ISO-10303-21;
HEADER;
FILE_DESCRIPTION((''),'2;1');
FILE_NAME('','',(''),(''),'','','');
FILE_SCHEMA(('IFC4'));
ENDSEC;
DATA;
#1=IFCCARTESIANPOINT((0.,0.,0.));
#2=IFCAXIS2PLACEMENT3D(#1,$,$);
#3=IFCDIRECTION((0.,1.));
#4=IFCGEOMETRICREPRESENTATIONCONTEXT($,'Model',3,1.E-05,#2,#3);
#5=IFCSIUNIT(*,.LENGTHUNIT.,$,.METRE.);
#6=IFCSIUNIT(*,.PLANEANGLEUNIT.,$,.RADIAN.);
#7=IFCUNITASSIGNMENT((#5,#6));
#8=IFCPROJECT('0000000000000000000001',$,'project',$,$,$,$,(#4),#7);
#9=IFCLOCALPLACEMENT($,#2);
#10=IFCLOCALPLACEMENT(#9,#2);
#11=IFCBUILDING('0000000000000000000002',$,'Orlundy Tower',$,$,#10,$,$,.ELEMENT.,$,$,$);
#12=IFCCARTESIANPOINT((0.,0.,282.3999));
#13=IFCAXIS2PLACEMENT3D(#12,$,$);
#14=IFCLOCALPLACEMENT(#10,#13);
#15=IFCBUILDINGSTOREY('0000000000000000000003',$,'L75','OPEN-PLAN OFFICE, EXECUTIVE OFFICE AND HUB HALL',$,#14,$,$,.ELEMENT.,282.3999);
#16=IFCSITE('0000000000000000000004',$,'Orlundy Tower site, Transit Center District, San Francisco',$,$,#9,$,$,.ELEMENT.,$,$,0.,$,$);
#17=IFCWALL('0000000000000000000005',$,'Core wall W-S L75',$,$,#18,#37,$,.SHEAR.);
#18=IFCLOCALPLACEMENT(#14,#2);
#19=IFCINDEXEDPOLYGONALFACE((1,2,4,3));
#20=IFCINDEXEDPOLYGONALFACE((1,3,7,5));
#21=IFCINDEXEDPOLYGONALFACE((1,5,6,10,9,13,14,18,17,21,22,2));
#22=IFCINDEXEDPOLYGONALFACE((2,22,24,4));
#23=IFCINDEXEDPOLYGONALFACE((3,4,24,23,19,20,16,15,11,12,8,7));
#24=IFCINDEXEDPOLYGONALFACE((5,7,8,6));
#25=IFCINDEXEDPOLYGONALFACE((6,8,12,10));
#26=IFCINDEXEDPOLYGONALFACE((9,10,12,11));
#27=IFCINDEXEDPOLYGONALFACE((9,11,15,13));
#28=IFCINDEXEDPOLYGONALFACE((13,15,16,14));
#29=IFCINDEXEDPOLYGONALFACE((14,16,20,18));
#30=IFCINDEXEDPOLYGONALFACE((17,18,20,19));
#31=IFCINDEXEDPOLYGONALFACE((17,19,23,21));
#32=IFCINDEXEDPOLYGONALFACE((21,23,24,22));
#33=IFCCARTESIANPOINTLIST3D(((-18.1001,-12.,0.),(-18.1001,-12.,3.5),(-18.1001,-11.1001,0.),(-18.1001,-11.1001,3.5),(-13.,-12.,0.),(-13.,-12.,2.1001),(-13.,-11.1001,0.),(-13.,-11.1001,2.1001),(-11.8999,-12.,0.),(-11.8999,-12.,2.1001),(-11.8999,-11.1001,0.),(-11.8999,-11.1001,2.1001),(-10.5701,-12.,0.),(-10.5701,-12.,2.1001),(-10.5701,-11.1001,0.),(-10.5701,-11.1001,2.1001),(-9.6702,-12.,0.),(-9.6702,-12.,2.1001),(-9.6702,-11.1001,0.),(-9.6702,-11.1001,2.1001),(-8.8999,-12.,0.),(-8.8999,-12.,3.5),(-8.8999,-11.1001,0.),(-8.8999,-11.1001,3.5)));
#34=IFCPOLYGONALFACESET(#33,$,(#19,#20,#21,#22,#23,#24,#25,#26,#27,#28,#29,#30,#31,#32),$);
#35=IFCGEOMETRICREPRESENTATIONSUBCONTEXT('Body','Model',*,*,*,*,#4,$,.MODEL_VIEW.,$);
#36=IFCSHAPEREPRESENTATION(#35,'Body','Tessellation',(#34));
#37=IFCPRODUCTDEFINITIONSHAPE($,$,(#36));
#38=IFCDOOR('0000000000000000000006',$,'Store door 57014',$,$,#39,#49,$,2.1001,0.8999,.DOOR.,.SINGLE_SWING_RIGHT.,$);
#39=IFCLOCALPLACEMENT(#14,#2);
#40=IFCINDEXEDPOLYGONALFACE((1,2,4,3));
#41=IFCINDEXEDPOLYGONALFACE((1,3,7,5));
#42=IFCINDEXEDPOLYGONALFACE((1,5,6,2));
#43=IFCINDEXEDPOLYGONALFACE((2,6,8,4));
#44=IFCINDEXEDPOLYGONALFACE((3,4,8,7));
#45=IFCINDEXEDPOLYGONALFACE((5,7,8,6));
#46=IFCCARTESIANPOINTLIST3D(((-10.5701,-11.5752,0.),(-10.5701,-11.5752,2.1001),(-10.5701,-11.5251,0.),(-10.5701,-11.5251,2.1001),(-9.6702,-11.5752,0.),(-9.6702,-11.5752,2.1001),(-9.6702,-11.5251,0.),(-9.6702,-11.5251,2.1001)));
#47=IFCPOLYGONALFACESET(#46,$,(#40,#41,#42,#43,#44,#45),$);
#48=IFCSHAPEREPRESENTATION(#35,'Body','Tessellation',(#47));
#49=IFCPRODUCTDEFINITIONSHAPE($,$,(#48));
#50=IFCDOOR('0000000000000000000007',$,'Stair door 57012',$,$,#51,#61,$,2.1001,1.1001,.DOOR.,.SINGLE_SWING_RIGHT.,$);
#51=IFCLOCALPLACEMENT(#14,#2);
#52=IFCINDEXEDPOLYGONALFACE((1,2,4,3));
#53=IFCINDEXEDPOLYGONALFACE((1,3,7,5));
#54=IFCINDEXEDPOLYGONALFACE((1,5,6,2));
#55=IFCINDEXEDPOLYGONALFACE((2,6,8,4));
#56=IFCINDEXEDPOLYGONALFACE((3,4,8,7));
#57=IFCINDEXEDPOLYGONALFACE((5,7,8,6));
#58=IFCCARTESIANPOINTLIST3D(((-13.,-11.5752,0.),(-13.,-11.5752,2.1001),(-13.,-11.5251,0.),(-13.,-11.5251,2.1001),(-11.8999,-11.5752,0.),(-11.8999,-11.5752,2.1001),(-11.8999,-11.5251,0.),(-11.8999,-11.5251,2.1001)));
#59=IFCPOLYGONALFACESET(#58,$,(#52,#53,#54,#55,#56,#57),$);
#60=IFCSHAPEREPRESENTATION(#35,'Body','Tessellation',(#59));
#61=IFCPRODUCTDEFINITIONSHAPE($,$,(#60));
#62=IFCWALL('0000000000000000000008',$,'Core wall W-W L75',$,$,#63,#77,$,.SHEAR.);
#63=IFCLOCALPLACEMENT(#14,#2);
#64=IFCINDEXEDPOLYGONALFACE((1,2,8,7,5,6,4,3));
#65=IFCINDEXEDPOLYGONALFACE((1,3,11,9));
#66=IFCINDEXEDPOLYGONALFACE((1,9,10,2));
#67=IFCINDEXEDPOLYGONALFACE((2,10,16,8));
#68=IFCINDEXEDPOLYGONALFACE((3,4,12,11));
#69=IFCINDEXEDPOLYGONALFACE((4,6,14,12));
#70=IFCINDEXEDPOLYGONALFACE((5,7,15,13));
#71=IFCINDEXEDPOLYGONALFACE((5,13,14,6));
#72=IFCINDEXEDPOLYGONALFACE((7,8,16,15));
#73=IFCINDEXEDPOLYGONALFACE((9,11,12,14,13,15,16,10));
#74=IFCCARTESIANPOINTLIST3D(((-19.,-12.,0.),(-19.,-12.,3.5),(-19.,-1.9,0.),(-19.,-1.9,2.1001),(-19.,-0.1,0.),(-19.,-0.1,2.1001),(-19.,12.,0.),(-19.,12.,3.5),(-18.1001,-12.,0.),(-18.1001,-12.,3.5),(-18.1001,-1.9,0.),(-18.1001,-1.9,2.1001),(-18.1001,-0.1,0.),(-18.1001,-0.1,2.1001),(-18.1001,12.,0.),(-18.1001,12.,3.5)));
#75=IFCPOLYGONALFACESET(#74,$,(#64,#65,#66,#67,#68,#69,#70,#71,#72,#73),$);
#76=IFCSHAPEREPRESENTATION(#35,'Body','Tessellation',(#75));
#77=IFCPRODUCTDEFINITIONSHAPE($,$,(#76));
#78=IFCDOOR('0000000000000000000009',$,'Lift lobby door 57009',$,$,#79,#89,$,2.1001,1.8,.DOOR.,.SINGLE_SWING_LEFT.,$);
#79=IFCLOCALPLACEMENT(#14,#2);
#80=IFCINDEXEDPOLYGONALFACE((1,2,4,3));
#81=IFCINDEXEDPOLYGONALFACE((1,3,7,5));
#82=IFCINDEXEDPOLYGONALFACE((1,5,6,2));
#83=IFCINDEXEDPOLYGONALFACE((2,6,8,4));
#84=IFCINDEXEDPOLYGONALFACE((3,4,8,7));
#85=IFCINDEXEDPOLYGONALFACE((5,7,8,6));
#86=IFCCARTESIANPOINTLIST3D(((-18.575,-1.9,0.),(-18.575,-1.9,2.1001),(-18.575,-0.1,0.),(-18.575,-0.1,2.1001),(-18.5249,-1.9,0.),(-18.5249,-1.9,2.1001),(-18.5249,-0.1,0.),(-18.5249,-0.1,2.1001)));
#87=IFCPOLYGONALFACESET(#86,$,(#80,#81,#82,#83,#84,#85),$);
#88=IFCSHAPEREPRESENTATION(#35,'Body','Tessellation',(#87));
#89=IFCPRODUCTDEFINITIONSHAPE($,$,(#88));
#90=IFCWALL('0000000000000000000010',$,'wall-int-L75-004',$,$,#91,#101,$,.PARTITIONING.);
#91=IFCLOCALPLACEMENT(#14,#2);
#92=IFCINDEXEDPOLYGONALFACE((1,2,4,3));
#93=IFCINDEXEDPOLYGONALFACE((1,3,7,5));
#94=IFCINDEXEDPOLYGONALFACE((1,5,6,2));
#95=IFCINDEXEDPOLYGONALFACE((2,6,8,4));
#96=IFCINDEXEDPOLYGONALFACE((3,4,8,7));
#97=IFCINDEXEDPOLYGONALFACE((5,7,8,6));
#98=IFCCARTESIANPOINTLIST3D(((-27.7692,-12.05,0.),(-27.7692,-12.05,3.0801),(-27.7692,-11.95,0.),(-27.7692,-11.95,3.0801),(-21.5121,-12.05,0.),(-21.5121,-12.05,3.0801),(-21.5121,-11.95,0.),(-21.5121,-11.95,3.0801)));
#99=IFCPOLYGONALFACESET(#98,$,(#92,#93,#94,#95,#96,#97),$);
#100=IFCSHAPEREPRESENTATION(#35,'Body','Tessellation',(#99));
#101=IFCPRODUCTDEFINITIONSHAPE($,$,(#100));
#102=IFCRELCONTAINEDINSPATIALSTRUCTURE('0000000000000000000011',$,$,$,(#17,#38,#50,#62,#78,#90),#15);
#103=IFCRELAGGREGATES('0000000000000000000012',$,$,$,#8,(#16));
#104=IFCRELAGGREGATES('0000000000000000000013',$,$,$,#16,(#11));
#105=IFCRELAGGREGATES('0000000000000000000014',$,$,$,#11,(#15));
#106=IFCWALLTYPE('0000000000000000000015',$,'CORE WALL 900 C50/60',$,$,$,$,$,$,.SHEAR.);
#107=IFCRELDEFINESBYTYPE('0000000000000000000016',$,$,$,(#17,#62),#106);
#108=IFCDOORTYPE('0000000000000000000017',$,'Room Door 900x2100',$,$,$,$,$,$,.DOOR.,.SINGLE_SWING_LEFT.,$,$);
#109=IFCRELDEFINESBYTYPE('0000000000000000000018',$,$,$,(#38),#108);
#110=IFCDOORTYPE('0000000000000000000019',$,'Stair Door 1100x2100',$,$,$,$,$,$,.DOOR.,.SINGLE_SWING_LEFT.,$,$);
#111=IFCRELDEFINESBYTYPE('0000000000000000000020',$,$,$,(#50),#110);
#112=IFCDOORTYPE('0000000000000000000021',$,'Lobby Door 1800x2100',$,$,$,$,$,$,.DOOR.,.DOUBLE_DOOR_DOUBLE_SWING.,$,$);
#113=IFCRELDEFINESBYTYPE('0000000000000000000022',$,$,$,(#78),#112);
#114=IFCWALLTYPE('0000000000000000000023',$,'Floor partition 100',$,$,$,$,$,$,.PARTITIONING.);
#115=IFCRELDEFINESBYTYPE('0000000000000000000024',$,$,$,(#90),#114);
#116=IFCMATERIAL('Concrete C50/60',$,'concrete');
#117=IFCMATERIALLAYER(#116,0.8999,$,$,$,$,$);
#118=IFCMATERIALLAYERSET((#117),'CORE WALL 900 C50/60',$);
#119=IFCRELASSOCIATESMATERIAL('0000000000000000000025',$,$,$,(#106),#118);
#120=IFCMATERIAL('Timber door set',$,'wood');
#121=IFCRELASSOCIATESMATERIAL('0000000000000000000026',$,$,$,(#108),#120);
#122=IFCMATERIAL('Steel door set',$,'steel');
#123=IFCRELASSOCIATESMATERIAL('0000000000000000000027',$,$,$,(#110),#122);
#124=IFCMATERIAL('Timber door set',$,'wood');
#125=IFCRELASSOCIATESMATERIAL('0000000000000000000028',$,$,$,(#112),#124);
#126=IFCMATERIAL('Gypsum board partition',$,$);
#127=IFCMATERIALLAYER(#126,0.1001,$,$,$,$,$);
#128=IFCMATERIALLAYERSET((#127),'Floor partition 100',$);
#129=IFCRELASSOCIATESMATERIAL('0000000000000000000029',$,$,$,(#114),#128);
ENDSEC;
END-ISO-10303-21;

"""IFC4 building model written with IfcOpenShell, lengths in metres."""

from ifc_helpers import new_model, si_unit, direction, frame, frame_2d, origin, place, context, subcontext, project, spatial, rectangle, extrude, material, layer, layer_set, type_object, element, fill, save


model = new_model("IFC4")

# Units and contexts
model_context = context("Model", 3, precision=1e-05, world=origin(), true_north=direction((0.0, 1.0)))
body_context = subcontext(model_context, "Body", "Model", "MODEL_VIEW")
ifc_project = project(units=[si_unit("LENGTHUNIT", "METRE"), si_unit("PLANEANGLEUNIT", "RADIAN")], contexts=[model_context])

# Site, building, storey
site_placement = place(None, origin())
site = spatial("IfcSite", under=ifc_project, at=site_placement, Name="Orlundy Tower site, Transit Center District, San Francisco", CompositionType="ELEMENT", RefElevation=0.0)
building_placement = place(site_placement, origin())
building = spatial("IfcBuilding", under=site, at=building_placement, Name="Orlundy Tower", CompositionType="ELEMENT")
storey_placement = place(building_placement, frame((0.0, 0.0, 282.3999)))
storey = spatial("IfcBuildingStorey", under=building, at=storey_placement, Name="L75", Description="OPEN-PLAN OFFICE, EXECUTIVE OFFICE AND HUB HALL", CompositionType="ELEMENT", Elevation=282.3999)

# Wall, openings, doors
ifc_material_1 = material(Name="Concrete C50/60", Category="concrete")
ifc_layer_1 = layer(ifc_material_1, 0.8999)
ifc_layer_set_1 = layer_set([ifc_layer_1], Name="CORE WALL 900 C50/60")
wall_type_1 = type_object("IfcWallType", Name="CORE WALL 900 C50/60", PredefinedType="SHEAR", material=ifc_layer_set_1)
wall_1_placement = place(storey_placement, frame((-18.1001, -11.55, 0.0), z_axis=(0.0, 0.0, 1.0), x_axis=(1.0, 0.0, 0.0)))
wall_1 = element("IfcWall", 1, at=wall_1_placement, inside=storey, type_object=wall_type_1, Name="Core wall W-S L75", PredefinedType="SHEAR", context=body_context, shape_type="SweptSolid", body=[
    extrude(rectangle(XDim=9.2002, YDim=0.8999, at=frame_2d((4.6001, 0.0))), origin(), (0.0, 0.0, 1.0), 3.5),
])
opening_1_placement = place(wall_1_placement, frame((5.1001, 0.0, 0.0)))
opening_1 = element("IfcOpeningElement", 2, at=opening_1_placement, cuts=wall_1, PredefinedType="OPENING", context=body_context, shape_type="SweptSolid", body=[
    extrude(rectangle(XDim=1.1001, YDim=2.1001, at=frame_2d((0.55, 1.05))), frame((0.0, 0.46, 0.0), z_axis=(0.0, -1.0, 0.0), x_axis=(1.0, 0.0, 0.0)), (0.0, 0.0, 1.0), 0.9199),
])
opening_2_placement = place(wall_1_placement, frame((7.53, 0.0, 0.0)))
opening_2 = element("IfcOpeningElement", 3, at=opening_2_placement, cuts=wall_1, PredefinedType="OPENING", context=body_context, shape_type="SweptSolid", body=[
    extrude(rectangle(XDim=0.8999, YDim=2.1001, at=frame_2d((0.45, 1.05))), frame((0.0, 0.46, 0.0), z_axis=(0.0, -1.0, 0.0), x_axis=(1.0, 0.0, 0.0)), (0.0, 0.0, 1.0), 0.9199),
])
ifc_material_2 = material(Name="Timber door set", Category="wood")
door_type_1 = type_object("IfcDoorType", Name="Room Door 900x2100", OperationType="SINGLE_SWING_LEFT", PredefinedType="DOOR", material=ifc_material_2)
door_1_placement = place(opening_2_placement, origin())
door_1 = element("IfcDoor", 4, at=door_1_placement, inside=storey, type_object=door_type_1, Name="Store door 57014", OperationType="SINGLE_SWING_RIGHT", OverallHeight=2.1001, OverallWidth=0.8999, PredefinedType="DOOR", context=body_context, shape_type="SweptSolid", body=[
    extrude(rectangle(XDim=0.8999, YDim=2.1001, at=frame_2d((0.45, 1.05))), frame((0.0, 0.0249, 0.0), z_axis=(0.0, -1.0, 0.0), x_axis=(1.0, 0.0, 0.0)), (0.0, 0.0, 1.0), 0.05),
])
fill(opening_2, door_1)
ifc_material_3 = material(Name="Steel door set", Category="steel")
door_type_2 = type_object("IfcDoorType", Name="Stair Door 1100x2100", OperationType="SINGLE_SWING_LEFT", PredefinedType="DOOR", material=ifc_material_3)
door_2_placement = place(opening_1_placement, origin())
door_2 = element("IfcDoor", 5, at=door_2_placement, inside=storey, type_object=door_type_2, Name="Stair door 57012", OperationType="SINGLE_SWING_RIGHT", OverallHeight=2.1001, OverallWidth=1.1001, PredefinedType="DOOR", context=body_context, shape_type="SweptSolid", body=[
    extrude(rectangle(XDim=1.1001, YDim=2.1001, at=frame_2d((0.55, 1.05))), frame((0.0, 0.0249, 0.0), z_axis=(0.0, -1.0, 0.0), x_axis=(1.0, 0.0, 0.0)), (0.0, 0.0, 1.0), 0.05),
])
fill(opening_1, door_2)

# Wall, opening, door
wall_2_placement = place(storey_placement, frame((-18.55, -12.0, 0.0), z_axis=(0.0, 0.0, 1.0), x_axis=(0.0, 1.0, 0.0)))
wall_2 = element("IfcWall", 6, at=wall_2_placement, inside=storey, type_object=wall_type_1, Name="Core wall W-W L75", PredefinedType="SHEAR", context=body_context, shape_type="SweptSolid", body=[
    extrude(rectangle(XDim=24.0, YDim=0.8999, at=frame_2d((12.0, 0.0))), origin(), (0.0, 0.0, 1.0), 3.5),
])
opening_3_placement = place(wall_2_placement, frame((10.1001, 0.0, 0.0)))
opening_3 = element("IfcOpeningElement", 7, at=opening_3_placement, cuts=wall_2, PredefinedType="OPENING", context=body_context, shape_type="SweptSolid", body=[
    extrude(rectangle(XDim=1.8, YDim=2.1001, at=frame_2d((0.8999, 1.05))), frame((0.0, 0.46, 0.0), z_axis=(0.0, -1.0, 0.0), x_axis=(1.0, 0.0, 0.0)), (0.0, 0.0, 1.0), 0.9199),
])
ifc_material_4 = material(Name="Timber door set", Category="wood")
door_type_3 = type_object("IfcDoorType", Name="Lobby Door 1800x2100", OperationType="DOUBLE_DOOR_DOUBLE_SWING", PredefinedType="DOOR", material=ifc_material_4)
door_3_placement = place(opening_3_placement, origin())
door_3 = element("IfcDoor", 8, at=door_3_placement, inside=storey, type_object=door_type_3, Name="Lift lobby door 57009", OperationType="SINGLE_SWING_LEFT", OverallHeight=2.1001, OverallWidth=1.8, PredefinedType="DOOR", context=body_context, shape_type="SweptSolid", body=[
    extrude(rectangle(XDim=1.8, YDim=2.1001, at=frame_2d((0.8999, 1.05))), frame((0.0, 0.0249, 0.0), z_axis=(0.0, -1.0, 0.0), x_axis=(1.0, 0.0, 0.0)), (0.0, 0.0, 1.0), 0.05),
])
fill(opening_3, door_3)

# Wall
ifc_material_5 = material(Name="Gypsum board partition")
ifc_layer_2 = layer(ifc_material_5, 0.1001)
ifc_layer_set_2 = layer_set([ifc_layer_2], Name="Floor partition 100")
wall_type_2 = type_object("IfcWallType", Name="Floor partition 100", PredefinedType="PARTITIONING", material=ifc_layer_set_2)
wall_3_placement = place(storey_placement, frame((-27.769, -12.0, 0.0), z_axis=(0.0, 0.0, 1.0), x_axis=(1.0, 0.0, 0.0)))
element("IfcWall", 9, at=wall_3_placement, inside=storey, type_object=wall_type_2, Name="wall-int-L75-004", PredefinedType="PARTITIONING", context=body_context, shape_type="SweptSolid", body=[
    extrude(rectangle(XDim=6.2571, YDim=0.1001, at=frame_2d((3.1284, 0.0))), origin(), (0.0, 0.0, 1.0), 3.0801),
])

save(model, "model.ifc")
